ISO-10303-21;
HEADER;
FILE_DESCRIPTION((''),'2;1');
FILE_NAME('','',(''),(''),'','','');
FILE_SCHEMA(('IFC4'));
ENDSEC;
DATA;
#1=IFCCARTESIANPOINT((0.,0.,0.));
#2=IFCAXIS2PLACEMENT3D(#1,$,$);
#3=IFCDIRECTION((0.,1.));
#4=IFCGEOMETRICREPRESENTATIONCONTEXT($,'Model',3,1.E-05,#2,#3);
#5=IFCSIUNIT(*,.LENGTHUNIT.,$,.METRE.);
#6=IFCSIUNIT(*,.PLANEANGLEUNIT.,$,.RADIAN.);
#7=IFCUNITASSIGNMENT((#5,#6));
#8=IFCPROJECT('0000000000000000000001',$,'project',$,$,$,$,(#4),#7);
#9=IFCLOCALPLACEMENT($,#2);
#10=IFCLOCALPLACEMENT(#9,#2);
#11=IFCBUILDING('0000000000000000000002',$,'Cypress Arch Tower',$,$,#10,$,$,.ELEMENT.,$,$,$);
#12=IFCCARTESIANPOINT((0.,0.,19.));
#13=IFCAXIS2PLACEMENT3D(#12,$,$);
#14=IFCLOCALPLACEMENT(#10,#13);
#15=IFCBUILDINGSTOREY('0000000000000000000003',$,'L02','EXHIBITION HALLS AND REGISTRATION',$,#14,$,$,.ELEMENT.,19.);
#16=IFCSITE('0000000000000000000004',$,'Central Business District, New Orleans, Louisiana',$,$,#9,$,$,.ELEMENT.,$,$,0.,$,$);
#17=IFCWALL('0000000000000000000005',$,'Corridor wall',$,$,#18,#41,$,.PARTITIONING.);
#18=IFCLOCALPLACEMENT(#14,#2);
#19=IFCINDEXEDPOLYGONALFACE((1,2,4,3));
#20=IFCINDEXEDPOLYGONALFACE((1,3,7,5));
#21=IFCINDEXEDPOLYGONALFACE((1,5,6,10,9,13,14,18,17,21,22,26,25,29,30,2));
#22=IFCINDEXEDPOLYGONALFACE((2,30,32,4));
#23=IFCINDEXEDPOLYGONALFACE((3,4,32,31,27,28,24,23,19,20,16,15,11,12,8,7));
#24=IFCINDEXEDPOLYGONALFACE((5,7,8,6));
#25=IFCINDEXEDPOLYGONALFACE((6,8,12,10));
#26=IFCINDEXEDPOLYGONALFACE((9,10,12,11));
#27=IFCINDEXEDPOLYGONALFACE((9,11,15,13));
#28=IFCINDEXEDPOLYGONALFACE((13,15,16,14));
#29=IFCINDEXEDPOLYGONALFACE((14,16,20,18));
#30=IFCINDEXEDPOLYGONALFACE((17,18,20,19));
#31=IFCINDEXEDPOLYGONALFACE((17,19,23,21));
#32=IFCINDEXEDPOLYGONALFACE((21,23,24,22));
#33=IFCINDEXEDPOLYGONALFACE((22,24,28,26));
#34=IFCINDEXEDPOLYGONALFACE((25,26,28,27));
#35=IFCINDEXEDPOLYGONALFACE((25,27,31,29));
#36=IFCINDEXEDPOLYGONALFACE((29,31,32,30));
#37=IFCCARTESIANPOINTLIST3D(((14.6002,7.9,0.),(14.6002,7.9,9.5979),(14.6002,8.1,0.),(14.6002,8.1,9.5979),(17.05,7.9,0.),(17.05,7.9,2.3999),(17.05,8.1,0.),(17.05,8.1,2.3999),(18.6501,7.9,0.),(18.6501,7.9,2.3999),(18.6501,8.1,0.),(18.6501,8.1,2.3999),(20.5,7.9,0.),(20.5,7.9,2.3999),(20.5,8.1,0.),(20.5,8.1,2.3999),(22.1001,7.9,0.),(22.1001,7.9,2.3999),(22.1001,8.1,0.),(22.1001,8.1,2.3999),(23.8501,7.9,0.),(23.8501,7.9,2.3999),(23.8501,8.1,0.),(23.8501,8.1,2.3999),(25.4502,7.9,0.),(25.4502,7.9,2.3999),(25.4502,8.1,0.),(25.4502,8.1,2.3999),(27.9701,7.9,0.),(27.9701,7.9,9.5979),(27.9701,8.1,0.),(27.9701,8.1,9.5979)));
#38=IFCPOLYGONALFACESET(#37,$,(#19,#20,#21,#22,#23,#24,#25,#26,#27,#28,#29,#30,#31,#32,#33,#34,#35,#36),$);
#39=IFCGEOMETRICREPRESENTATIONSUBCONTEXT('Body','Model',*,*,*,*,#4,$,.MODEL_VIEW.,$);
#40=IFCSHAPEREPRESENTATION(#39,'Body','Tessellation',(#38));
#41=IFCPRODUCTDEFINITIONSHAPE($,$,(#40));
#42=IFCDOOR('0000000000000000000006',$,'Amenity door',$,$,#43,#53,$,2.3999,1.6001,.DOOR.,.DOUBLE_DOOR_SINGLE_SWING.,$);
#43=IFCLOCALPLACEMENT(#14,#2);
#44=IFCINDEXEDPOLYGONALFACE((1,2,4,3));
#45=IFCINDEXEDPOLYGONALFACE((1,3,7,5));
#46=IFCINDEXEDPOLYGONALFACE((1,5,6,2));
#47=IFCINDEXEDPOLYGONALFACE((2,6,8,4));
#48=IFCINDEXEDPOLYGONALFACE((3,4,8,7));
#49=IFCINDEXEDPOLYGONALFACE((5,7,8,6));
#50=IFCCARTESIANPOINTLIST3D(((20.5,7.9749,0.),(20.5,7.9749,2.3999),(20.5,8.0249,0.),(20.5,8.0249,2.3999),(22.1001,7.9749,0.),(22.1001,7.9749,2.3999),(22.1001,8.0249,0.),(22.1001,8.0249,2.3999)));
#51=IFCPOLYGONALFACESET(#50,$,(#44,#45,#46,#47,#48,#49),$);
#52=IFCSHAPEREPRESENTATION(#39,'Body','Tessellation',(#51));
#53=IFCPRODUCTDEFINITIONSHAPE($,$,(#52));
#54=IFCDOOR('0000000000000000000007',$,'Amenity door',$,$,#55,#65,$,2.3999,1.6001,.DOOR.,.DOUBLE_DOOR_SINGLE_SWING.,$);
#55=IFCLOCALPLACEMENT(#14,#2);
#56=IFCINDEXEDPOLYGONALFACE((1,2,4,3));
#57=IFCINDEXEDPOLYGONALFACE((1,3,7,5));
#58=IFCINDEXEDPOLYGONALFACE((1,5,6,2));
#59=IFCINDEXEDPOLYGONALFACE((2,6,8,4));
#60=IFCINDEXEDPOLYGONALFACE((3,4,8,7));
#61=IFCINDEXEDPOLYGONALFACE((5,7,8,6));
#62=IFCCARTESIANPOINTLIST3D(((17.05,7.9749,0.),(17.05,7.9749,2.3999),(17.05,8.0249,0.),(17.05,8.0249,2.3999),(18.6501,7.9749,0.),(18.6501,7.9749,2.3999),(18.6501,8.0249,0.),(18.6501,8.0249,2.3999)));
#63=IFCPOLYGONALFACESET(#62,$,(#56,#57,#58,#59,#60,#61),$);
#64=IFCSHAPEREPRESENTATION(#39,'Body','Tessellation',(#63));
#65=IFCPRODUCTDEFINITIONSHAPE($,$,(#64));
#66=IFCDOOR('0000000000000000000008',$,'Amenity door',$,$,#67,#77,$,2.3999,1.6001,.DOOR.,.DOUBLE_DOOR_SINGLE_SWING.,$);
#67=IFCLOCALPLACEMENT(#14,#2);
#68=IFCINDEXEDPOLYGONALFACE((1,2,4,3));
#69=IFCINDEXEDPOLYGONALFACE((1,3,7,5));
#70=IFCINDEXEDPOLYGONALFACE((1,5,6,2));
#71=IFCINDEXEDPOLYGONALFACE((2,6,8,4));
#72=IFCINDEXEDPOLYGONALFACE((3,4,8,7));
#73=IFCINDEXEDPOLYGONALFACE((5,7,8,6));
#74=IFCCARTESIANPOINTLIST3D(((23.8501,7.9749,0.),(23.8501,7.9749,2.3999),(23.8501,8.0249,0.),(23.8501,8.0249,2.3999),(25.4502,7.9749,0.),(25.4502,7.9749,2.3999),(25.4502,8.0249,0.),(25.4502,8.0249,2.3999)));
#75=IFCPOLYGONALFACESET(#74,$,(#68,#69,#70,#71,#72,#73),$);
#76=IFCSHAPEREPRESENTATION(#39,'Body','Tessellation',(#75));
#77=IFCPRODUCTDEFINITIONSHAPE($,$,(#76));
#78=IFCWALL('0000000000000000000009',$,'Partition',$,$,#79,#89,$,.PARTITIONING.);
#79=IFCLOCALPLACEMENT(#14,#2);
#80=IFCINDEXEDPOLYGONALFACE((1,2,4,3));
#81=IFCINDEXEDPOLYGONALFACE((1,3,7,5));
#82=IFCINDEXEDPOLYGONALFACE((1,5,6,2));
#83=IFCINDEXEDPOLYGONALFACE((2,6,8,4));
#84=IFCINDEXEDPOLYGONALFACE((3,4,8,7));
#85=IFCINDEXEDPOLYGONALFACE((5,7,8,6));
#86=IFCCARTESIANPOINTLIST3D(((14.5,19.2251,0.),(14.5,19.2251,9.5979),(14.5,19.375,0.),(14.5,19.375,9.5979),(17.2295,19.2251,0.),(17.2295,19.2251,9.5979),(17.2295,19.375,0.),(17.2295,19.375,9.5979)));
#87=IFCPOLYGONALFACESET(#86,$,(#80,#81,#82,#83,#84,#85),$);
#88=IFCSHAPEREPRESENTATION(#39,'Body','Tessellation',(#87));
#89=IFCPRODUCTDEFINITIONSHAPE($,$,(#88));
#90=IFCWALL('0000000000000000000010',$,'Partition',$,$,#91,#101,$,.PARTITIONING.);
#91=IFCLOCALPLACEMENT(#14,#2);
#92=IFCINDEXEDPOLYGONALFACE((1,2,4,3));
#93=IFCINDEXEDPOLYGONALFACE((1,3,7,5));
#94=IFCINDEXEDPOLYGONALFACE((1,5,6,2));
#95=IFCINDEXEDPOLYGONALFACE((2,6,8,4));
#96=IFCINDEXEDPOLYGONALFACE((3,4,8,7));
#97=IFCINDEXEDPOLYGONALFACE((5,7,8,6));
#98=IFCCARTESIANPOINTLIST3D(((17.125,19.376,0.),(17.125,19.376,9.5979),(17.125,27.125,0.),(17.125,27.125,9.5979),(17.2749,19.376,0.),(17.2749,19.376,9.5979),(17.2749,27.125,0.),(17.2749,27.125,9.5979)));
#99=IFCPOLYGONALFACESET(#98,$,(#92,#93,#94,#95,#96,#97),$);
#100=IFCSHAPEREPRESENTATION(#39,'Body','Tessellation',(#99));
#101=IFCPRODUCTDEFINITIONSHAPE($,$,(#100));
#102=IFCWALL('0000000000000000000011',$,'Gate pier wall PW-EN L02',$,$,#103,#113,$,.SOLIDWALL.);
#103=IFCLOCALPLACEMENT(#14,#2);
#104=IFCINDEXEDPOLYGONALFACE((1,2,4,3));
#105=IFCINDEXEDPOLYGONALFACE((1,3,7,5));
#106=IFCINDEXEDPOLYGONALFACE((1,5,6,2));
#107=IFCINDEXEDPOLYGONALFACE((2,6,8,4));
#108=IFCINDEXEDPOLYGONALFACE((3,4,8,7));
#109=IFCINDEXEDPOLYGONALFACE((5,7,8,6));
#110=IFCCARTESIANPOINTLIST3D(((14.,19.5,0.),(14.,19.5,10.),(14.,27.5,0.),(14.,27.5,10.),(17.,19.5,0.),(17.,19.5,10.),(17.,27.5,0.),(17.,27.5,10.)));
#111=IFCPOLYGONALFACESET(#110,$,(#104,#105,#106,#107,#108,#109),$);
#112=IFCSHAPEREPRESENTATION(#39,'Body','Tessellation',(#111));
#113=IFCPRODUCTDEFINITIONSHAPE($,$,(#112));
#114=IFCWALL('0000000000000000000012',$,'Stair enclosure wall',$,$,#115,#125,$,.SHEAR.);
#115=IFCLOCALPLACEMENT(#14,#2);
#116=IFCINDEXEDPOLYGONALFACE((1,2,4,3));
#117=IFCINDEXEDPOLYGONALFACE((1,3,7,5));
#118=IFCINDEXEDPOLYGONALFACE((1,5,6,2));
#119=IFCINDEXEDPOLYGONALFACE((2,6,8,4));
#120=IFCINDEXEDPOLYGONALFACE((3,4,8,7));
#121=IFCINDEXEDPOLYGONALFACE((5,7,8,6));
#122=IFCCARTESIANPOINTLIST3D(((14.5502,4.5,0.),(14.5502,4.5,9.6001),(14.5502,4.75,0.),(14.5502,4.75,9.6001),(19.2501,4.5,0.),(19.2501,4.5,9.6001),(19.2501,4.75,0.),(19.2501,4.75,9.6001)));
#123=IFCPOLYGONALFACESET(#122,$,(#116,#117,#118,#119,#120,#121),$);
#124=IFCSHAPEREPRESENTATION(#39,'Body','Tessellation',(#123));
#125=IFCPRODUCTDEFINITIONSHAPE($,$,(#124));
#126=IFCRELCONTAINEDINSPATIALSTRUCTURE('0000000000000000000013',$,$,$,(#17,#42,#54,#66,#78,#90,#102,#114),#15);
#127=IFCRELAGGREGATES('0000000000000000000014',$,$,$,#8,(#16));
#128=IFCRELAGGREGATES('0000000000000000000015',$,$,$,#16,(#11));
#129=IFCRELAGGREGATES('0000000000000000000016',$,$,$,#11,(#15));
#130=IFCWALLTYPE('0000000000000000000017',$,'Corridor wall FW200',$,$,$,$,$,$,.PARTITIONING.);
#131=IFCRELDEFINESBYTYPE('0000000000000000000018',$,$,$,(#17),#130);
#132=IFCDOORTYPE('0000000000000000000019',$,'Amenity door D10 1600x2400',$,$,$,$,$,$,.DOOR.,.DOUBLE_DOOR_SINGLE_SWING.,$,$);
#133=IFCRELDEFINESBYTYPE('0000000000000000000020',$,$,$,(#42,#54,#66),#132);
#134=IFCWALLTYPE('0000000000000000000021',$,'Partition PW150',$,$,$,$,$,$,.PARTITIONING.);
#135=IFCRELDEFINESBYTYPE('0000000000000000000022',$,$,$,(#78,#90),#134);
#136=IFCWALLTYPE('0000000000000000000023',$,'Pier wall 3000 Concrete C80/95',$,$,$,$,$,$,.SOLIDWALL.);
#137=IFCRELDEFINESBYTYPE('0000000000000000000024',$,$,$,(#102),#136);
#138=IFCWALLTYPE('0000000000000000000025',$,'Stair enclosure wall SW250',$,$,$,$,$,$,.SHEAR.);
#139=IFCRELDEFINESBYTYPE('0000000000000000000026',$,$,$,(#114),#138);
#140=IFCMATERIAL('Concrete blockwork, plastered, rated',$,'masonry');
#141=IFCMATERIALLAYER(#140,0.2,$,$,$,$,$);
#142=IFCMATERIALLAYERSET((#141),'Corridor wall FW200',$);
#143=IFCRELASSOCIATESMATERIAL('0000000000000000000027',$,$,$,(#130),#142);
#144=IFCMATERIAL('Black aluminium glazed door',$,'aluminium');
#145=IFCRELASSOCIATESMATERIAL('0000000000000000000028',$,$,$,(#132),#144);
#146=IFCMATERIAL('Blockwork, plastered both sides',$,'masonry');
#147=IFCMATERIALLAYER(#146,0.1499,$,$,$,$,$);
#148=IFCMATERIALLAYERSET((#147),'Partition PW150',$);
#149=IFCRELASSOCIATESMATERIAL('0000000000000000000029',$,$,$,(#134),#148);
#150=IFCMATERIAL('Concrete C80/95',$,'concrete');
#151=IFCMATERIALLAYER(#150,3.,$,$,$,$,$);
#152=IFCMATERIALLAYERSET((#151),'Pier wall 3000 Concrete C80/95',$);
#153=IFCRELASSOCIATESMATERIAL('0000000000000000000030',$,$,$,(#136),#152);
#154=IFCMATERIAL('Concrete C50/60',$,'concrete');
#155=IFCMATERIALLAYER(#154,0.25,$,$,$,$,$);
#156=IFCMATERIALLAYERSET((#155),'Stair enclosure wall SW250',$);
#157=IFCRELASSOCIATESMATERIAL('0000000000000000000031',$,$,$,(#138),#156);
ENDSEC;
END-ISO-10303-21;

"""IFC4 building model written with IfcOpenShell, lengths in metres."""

from ifc_helpers import new_model, si_unit, direction, frame, frame_2d, origin, place, context, subcontext, project, spatial, rectangle, extrude, material, layer, layer_set, type_object, element, fill, save


model = new_model("IFC4")

# Units and contexts
model_context = context("Model", 3, precision=1e-05, world=origin(), true_north=direction((0.0, 1.0)))
body_context = subcontext(model_context, "Body", "Model", "MODEL_VIEW")
ifc_project = project(units=[si_unit("LENGTHUNIT", "METRE"), si_unit("PLANEANGLEUNIT", "RADIAN")], contexts=[model_context])

# Site, building, storey
site_placement = place(None, origin())
site = spatial("IfcSite", under=ifc_project, at=site_placement, Name="Central Business District, New Orleans, Louisiana", CompositionType="ELEMENT", RefElevation=0.0)
building_placement = place(site_placement, origin())
building = spatial("IfcBuilding", under=site, at=building_placement, Name="Cypress Arch Tower", CompositionType="ELEMENT")
storey_placement = place(building_placement, frame((0.0, 0.0, 19.0)))
storey = spatial("IfcBuildingStorey", under=building, at=storey_placement, Name="L02", Description="EXHIBITION HALLS AND REGISTRATION", CompositionType="ELEMENT", Elevation=19.0)

# Wall, openings, doors
ifc_material_1 = material(Name="Concrete blockwork, plastered, rated", Category="masonry")
ifc_layer_1 = layer(ifc_material_1, 0.2)
ifc_layer_set_1 = layer_set([ifc_layer_1], Name="Corridor wall FW200")
wall_type_1 = type_object("IfcWallType", Name="Corridor wall FW200", PredefinedType="PARTITIONING", material=ifc_layer_set_1)
wall_1_placement = place(storey_placement, frame((14.6001, 8.0, 0.0), z_axis=(0.0, 0.0, 1.0), x_axis=(1.0, 0.0, 0.0)))
wall_1 = element("IfcWall", 1, at=wall_1_placement, inside=storey, type_object=wall_type_1, Name="Corridor wall", PredefinedType="PARTITIONING", context=body_context, shape_type="SweptSolid", body=[
    extrude(rectangle(XDim=13.3699, YDim=0.2, at=frame_2d((6.6851, 0.0))), origin(), (0.0, 0.0, 1.0), 9.5979),
])
opening_1_placement = place(wall_1_placement, frame((5.8999, 0.0, 0.0)))
opening_1 = element("IfcOpeningElement", 2, at=opening_1_placement, cuts=wall_1, PredefinedType="OPENING", context=body_context, shape_type="SweptSolid", body=[
    extrude(rectangle(XDim=1.6001, YDim=2.3999, at=frame_2d((0.8, 1.2))), frame((0.0, 0.1099, 0.0), z_axis=(0.0, -1.0, 0.0), x_axis=(1.0, 0.0, 0.0)), (0.0, 0.0, 1.0), 0.22),
])
opening_2_placement = place(wall_1_placement, frame((2.45, 0.0, 0.0)))
opening_2 = element("IfcOpeningElement", 3, at=opening_2_placement, cuts=wall_1, PredefinedType="OPENING", context=body_context, shape_type="SweptSolid", body=[
    extrude(rectangle(XDim=1.6001, YDim=2.3999, at=frame_2d((0.8, 1.2))), frame((0.0, 0.1099, 0.0), z_axis=(0.0, -1.0, 0.0), x_axis=(1.0, 0.0, 0.0)), (0.0, 0.0, 1.0), 0.22),
])
opening_3_placement = place(wall_1_placement, frame((9.25, 0.0, 0.0)))
opening_3 = element("IfcOpeningElement", 4, at=opening_3_placement, cuts=wall_1, PredefinedType="OPENING", context=body_context, shape_type="SweptSolid", body=[
    extrude(rectangle(XDim=1.6001, YDim=2.3999, at=frame_2d((0.8, 1.2))), frame((0.0, 0.1099, 0.0), z_axis=(0.0, -1.0, 0.0), x_axis=(1.0, 0.0, 0.0)), (0.0, 0.0, 1.0), 0.22),
])
ifc_material_2 = material(Name="Black aluminium glazed door", Category="aluminium")
door_type = type_object("IfcDoorType", Name="Amenity door D10 1600x2400", OperationType="DOUBLE_DOOR_SINGLE_SWING", PredefinedType="DOOR", material=ifc_material_2)
door_1_placement = place(opening_1_placement, origin())
door_1 = element("IfcDoor", 5, at=door_1_placement, inside=storey, type_object=door_type, Name="Amenity door", OperationType="DOUBLE_DOOR_SINGLE_SWING", OverallHeight=2.3999, OverallWidth=1.6001, PredefinedType="DOOR", context=body_context, shape_type="SweptSolid", body=[
    extrude(rectangle(XDim=1.6001, YDim=2.3999, at=frame_2d((0.8, 1.2))), frame((0.0, 0.0249, 0.0), z_axis=(0.0, -1.0, 0.0), x_axis=(1.0, 0.0, 0.0)), (0.0, 0.0, 1.0), 0.05),
])
fill(opening_1, door_1)
door_2_placement = place(opening_2_placement, origin())
door_2 = element("IfcDoor", 6, at=door_2_placement, inside=storey, type_object=door_type, Name="Amenity door", OperationType="DOUBLE_DOOR_SINGLE_SWING", OverallHeight=2.3999, OverallWidth=1.6001, PredefinedType="DOOR", context=body_context, shape_type="SweptSolid", body=[
    extrude(rectangle(XDim=1.6001, YDim=2.3999, at=frame_2d((0.8, 1.2))), frame((0.0, 0.0249, 0.0), z_axis=(0.0, -1.0, 0.0), x_axis=(1.0, 0.0, 0.0)), (0.0, 0.0, 1.0), 0.05),
])
fill(opening_2, door_2)
door_3_placement = place(opening_3_placement, origin())
door_3 = element("IfcDoor", 7, at=door_3_placement, inside=storey, type_object=door_type, Name="Amenity door", OperationType="DOUBLE_DOOR_SINGLE_SWING", OverallHeight=2.3999, OverallWidth=1.6001, PredefinedType="DOOR", context=body_context, shape_type="SweptSolid", body=[
    extrude(rectangle(XDim=1.6001, YDim=2.3999, at=frame_2d((0.8, 1.2))), frame((0.0, 0.0249, 0.0), z_axis=(0.0, -1.0, 0.0), x_axis=(1.0, 0.0, 0.0)), (0.0, 0.0, 1.0), 0.05),
])
fill(opening_3, door_3)

# Walls
ifc_material_3 = material(Name="Blockwork, plastered both sides", Category="masonry")
ifc_layer_2 = layer(ifc_material_3, 0.1499)
ifc_layer_set_2 = layer_set([ifc_layer_2], Name="Partition PW150")
wall_type_2 = type_object("IfcWallType", Name="Partition PW150", PredefinedType="PARTITIONING", material=ifc_layer_set_2)
wall_2_placement = place(storey_placement, frame((14.5, 19.3, 0.0), z_axis=(0.0, 0.0, 1.0), x_axis=(1.0, 0.0, 0.0)))
element("IfcWall", 8, at=wall_2_placement, inside=storey, type_object=wall_type_2, Name="Partition", PredefinedType="PARTITIONING", context=body_context, shape_type="SweptSolid", body=[
    extrude(rectangle(XDim=2.7295, YDim=0.1499, at=frame_2d((1.3647, 0.0))), origin(), (0.0, 0.0, 1.0), 9.5979),
])
wall_3_placement = place(storey_placement, frame((17.2, 19.376, 0.0), z_axis=(0.0, 0.0, 1.0), x_axis=(0.0, 1.0, 0.0)))
element("IfcWall", 9, at=wall_3_placement, inside=storey, type_object=wall_type_2, Name="Partition", PredefinedType="PARTITIONING", context=body_context, shape_type="SweptSolid", body=[
    extrude(rectangle(XDim=7.749, YDim=0.1499, at=frame_2d((3.8745, 0.0))), origin(), (0.0, 0.0, 1.0), 9.5979),
])
ifc_material_4 = material(Name="Concrete C80/95", Category="concrete")
ifc_layer_3 = layer(ifc_material_4, 3.0)
ifc_layer_set_3 = layer_set([ifc_layer_3], Name="Pier wall 3000 Concrete C80/95")
wall_type_3 = type_object("IfcWallType", Name="Pier wall 3000 Concrete C80/95", PredefinedType="SOLIDWALL", material=ifc_layer_set_3)
wall_4_placement = place(storey_placement, frame((15.5, 19.5, 0.0), z_axis=(0.0, 0.0, 1.0), x_axis=(0.0, 1.0, 0.0)))
element("IfcWall", 10, at=wall_4_placement, inside=storey, type_object=wall_type_3, Name="Gate pier wall PW-EN L02", PredefinedType="SOLIDWALL", context=body_context, shape_type="SweptSolid", body=[
    extrude(rectangle(XDim=8.0, YDim=3.0, at=frame_2d((4.0, 0.0))), origin(), (0.0, 0.0, 1.0), 10.0),
])
ifc_material_5 = material(Name="Concrete C50/60", Category="concrete")
ifc_layer_4 = layer(ifc_material_5, 0.25)
ifc_layer_set_4 = layer_set([ifc_layer_4], Name="Stair enclosure wall SW250")
wall_type_4 = type_object("IfcWallType", Name="Stair enclosure wall SW250", PredefinedType="SHEAR", material=ifc_layer_set_4)
wall_5_placement = place(storey_placement, frame((14.55, 4.625, 0.0), z_axis=(0.0, 0.0, 1.0), x_axis=(1.0, 0.0, 0.0)))
element("IfcWall", 11, at=wall_5_placement, inside=storey, type_object=wall_type_4, Name="Stair enclosure wall", PredefinedType="SHEAR", context=body_context, shape_type="SweptSolid", body=[
    extrude(rectangle(XDim=4.7, YDim=0.25, at=frame_2d((2.3501, 0.0))), origin(), (0.0, 0.0, 1.0), 9.6001),
])

save(model, "model.ifc")
